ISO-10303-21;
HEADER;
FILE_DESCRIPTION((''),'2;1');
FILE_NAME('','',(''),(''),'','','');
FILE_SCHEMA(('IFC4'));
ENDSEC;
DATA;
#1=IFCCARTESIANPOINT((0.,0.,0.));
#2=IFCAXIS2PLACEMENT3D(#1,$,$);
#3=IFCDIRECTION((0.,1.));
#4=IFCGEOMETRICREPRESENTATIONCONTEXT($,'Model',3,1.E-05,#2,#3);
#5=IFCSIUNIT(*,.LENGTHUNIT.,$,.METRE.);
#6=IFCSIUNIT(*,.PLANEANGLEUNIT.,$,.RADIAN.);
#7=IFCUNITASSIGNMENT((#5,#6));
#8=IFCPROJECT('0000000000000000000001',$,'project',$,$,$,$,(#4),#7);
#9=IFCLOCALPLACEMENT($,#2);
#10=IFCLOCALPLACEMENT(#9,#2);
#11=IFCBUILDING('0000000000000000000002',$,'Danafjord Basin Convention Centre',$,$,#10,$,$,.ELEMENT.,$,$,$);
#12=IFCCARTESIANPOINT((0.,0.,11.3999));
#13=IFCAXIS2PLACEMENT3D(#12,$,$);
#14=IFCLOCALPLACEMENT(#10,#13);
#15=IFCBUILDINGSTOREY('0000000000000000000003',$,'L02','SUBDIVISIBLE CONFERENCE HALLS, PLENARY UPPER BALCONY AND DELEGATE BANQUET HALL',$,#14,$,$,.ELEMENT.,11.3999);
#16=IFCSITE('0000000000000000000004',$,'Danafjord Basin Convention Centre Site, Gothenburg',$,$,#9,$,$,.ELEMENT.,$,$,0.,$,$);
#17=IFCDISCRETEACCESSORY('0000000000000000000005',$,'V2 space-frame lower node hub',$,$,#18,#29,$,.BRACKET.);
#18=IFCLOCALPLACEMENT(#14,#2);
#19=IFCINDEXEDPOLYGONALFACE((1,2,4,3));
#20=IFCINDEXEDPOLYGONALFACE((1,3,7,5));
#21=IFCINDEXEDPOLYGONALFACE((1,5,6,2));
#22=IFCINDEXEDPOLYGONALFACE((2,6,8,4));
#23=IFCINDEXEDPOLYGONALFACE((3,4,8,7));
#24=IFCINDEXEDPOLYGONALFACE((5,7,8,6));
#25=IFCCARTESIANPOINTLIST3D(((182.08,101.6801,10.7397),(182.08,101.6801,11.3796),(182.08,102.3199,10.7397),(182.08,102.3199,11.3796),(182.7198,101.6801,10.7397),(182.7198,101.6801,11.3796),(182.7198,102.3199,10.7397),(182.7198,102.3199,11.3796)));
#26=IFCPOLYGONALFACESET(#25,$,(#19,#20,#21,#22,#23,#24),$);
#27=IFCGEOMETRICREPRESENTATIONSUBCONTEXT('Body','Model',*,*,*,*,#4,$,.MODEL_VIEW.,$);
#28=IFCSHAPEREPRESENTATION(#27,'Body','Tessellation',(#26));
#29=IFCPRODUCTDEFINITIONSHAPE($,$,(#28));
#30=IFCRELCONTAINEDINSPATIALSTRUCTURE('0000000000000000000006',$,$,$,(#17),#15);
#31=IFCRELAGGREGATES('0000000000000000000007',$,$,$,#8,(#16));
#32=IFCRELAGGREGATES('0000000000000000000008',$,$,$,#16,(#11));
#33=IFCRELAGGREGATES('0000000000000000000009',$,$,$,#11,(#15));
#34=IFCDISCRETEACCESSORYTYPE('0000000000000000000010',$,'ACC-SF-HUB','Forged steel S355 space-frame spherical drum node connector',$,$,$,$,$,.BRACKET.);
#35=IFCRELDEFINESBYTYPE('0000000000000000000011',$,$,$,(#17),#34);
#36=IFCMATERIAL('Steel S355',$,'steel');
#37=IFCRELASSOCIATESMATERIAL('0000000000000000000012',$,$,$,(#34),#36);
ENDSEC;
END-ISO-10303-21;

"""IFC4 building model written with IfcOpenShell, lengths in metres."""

from ifc_helpers import new_model, si_unit, direction, frame, origin, origin_2d, place, context, subcontext, project, spatial, rectangle, extrude, material, type_object, element, save


model = new_model("IFC4")

# Units and contexts
model_context = context("Model", 3, precision=1e-05, world=origin(), true_north=direction((0.0, 1.0)))
body_context = subcontext(model_context, "Body", "Model", "MODEL_VIEW")
ifc_project = project(units=[si_unit("LENGTHUNIT", "METRE"), si_unit("PLANEANGLEUNIT", "RADIAN")], contexts=[model_context])

# Site, building, storey
site_placement = place(None, origin())
site = spatial("IfcSite", under=ifc_project, at=site_placement, Name="Danafjord Basin Convention Centre Site, Gothenburg", CompositionType="ELEMENT", RefElevation=0.0)
building_placement = place(site_placement, origin())
building = spatial("IfcBuilding", under=site, at=building_placement, Name="Danafjord Basin Convention Centre", CompositionType="ELEMENT")
storey_placement = place(building_placement, frame((0.0, 0.0, 11.3999)))
storey = spatial("IfcBuildingStorey", under=building, at=storey_placement, Name="L02", Description="SUBDIVISIBLE CONFERENCE HALLS, PLENARY UPPER BALCONY AND DELEGATE BANQUET HALL", CompositionType="ELEMENT", Elevation=11.3999)

# Shared definitions
ifc_material = material(Name="Steel S355", Category="steel")

# Discrete accessory
discrete_accessory_type = type_object("IfcDiscreteAccessoryType", Name="ACC-SF-HUB", Description="Forged steel S355 space-frame spherical drum node connector", PredefinedType="BRACKET", material=ifc_material)
for number, where, z_axis, x_axis, name in (
    (1, (182.3999, 102.0, 10.7397), (0.0, 0.0, 1.0), (1.0, 0.0, 0.0), "V2 space-frame lower node hub"),
):
    element("IfcDiscreteAccessory", number, at=place(storey_placement, frame(where, z_axis=z_axis, x_axis=x_axis)), inside=storey, type_object=discrete_accessory_type, Name=name, PredefinedType="BRACKET", context=body_context, shape_type="SweptSolid", body=[
        extrude(rectangle(XDim=0.6399, YDim=0.6399, at=origin_2d()), origin(), (0.0, 0.0, 1.0), 0.6399),
    ])

save(model, "model.ifc")
